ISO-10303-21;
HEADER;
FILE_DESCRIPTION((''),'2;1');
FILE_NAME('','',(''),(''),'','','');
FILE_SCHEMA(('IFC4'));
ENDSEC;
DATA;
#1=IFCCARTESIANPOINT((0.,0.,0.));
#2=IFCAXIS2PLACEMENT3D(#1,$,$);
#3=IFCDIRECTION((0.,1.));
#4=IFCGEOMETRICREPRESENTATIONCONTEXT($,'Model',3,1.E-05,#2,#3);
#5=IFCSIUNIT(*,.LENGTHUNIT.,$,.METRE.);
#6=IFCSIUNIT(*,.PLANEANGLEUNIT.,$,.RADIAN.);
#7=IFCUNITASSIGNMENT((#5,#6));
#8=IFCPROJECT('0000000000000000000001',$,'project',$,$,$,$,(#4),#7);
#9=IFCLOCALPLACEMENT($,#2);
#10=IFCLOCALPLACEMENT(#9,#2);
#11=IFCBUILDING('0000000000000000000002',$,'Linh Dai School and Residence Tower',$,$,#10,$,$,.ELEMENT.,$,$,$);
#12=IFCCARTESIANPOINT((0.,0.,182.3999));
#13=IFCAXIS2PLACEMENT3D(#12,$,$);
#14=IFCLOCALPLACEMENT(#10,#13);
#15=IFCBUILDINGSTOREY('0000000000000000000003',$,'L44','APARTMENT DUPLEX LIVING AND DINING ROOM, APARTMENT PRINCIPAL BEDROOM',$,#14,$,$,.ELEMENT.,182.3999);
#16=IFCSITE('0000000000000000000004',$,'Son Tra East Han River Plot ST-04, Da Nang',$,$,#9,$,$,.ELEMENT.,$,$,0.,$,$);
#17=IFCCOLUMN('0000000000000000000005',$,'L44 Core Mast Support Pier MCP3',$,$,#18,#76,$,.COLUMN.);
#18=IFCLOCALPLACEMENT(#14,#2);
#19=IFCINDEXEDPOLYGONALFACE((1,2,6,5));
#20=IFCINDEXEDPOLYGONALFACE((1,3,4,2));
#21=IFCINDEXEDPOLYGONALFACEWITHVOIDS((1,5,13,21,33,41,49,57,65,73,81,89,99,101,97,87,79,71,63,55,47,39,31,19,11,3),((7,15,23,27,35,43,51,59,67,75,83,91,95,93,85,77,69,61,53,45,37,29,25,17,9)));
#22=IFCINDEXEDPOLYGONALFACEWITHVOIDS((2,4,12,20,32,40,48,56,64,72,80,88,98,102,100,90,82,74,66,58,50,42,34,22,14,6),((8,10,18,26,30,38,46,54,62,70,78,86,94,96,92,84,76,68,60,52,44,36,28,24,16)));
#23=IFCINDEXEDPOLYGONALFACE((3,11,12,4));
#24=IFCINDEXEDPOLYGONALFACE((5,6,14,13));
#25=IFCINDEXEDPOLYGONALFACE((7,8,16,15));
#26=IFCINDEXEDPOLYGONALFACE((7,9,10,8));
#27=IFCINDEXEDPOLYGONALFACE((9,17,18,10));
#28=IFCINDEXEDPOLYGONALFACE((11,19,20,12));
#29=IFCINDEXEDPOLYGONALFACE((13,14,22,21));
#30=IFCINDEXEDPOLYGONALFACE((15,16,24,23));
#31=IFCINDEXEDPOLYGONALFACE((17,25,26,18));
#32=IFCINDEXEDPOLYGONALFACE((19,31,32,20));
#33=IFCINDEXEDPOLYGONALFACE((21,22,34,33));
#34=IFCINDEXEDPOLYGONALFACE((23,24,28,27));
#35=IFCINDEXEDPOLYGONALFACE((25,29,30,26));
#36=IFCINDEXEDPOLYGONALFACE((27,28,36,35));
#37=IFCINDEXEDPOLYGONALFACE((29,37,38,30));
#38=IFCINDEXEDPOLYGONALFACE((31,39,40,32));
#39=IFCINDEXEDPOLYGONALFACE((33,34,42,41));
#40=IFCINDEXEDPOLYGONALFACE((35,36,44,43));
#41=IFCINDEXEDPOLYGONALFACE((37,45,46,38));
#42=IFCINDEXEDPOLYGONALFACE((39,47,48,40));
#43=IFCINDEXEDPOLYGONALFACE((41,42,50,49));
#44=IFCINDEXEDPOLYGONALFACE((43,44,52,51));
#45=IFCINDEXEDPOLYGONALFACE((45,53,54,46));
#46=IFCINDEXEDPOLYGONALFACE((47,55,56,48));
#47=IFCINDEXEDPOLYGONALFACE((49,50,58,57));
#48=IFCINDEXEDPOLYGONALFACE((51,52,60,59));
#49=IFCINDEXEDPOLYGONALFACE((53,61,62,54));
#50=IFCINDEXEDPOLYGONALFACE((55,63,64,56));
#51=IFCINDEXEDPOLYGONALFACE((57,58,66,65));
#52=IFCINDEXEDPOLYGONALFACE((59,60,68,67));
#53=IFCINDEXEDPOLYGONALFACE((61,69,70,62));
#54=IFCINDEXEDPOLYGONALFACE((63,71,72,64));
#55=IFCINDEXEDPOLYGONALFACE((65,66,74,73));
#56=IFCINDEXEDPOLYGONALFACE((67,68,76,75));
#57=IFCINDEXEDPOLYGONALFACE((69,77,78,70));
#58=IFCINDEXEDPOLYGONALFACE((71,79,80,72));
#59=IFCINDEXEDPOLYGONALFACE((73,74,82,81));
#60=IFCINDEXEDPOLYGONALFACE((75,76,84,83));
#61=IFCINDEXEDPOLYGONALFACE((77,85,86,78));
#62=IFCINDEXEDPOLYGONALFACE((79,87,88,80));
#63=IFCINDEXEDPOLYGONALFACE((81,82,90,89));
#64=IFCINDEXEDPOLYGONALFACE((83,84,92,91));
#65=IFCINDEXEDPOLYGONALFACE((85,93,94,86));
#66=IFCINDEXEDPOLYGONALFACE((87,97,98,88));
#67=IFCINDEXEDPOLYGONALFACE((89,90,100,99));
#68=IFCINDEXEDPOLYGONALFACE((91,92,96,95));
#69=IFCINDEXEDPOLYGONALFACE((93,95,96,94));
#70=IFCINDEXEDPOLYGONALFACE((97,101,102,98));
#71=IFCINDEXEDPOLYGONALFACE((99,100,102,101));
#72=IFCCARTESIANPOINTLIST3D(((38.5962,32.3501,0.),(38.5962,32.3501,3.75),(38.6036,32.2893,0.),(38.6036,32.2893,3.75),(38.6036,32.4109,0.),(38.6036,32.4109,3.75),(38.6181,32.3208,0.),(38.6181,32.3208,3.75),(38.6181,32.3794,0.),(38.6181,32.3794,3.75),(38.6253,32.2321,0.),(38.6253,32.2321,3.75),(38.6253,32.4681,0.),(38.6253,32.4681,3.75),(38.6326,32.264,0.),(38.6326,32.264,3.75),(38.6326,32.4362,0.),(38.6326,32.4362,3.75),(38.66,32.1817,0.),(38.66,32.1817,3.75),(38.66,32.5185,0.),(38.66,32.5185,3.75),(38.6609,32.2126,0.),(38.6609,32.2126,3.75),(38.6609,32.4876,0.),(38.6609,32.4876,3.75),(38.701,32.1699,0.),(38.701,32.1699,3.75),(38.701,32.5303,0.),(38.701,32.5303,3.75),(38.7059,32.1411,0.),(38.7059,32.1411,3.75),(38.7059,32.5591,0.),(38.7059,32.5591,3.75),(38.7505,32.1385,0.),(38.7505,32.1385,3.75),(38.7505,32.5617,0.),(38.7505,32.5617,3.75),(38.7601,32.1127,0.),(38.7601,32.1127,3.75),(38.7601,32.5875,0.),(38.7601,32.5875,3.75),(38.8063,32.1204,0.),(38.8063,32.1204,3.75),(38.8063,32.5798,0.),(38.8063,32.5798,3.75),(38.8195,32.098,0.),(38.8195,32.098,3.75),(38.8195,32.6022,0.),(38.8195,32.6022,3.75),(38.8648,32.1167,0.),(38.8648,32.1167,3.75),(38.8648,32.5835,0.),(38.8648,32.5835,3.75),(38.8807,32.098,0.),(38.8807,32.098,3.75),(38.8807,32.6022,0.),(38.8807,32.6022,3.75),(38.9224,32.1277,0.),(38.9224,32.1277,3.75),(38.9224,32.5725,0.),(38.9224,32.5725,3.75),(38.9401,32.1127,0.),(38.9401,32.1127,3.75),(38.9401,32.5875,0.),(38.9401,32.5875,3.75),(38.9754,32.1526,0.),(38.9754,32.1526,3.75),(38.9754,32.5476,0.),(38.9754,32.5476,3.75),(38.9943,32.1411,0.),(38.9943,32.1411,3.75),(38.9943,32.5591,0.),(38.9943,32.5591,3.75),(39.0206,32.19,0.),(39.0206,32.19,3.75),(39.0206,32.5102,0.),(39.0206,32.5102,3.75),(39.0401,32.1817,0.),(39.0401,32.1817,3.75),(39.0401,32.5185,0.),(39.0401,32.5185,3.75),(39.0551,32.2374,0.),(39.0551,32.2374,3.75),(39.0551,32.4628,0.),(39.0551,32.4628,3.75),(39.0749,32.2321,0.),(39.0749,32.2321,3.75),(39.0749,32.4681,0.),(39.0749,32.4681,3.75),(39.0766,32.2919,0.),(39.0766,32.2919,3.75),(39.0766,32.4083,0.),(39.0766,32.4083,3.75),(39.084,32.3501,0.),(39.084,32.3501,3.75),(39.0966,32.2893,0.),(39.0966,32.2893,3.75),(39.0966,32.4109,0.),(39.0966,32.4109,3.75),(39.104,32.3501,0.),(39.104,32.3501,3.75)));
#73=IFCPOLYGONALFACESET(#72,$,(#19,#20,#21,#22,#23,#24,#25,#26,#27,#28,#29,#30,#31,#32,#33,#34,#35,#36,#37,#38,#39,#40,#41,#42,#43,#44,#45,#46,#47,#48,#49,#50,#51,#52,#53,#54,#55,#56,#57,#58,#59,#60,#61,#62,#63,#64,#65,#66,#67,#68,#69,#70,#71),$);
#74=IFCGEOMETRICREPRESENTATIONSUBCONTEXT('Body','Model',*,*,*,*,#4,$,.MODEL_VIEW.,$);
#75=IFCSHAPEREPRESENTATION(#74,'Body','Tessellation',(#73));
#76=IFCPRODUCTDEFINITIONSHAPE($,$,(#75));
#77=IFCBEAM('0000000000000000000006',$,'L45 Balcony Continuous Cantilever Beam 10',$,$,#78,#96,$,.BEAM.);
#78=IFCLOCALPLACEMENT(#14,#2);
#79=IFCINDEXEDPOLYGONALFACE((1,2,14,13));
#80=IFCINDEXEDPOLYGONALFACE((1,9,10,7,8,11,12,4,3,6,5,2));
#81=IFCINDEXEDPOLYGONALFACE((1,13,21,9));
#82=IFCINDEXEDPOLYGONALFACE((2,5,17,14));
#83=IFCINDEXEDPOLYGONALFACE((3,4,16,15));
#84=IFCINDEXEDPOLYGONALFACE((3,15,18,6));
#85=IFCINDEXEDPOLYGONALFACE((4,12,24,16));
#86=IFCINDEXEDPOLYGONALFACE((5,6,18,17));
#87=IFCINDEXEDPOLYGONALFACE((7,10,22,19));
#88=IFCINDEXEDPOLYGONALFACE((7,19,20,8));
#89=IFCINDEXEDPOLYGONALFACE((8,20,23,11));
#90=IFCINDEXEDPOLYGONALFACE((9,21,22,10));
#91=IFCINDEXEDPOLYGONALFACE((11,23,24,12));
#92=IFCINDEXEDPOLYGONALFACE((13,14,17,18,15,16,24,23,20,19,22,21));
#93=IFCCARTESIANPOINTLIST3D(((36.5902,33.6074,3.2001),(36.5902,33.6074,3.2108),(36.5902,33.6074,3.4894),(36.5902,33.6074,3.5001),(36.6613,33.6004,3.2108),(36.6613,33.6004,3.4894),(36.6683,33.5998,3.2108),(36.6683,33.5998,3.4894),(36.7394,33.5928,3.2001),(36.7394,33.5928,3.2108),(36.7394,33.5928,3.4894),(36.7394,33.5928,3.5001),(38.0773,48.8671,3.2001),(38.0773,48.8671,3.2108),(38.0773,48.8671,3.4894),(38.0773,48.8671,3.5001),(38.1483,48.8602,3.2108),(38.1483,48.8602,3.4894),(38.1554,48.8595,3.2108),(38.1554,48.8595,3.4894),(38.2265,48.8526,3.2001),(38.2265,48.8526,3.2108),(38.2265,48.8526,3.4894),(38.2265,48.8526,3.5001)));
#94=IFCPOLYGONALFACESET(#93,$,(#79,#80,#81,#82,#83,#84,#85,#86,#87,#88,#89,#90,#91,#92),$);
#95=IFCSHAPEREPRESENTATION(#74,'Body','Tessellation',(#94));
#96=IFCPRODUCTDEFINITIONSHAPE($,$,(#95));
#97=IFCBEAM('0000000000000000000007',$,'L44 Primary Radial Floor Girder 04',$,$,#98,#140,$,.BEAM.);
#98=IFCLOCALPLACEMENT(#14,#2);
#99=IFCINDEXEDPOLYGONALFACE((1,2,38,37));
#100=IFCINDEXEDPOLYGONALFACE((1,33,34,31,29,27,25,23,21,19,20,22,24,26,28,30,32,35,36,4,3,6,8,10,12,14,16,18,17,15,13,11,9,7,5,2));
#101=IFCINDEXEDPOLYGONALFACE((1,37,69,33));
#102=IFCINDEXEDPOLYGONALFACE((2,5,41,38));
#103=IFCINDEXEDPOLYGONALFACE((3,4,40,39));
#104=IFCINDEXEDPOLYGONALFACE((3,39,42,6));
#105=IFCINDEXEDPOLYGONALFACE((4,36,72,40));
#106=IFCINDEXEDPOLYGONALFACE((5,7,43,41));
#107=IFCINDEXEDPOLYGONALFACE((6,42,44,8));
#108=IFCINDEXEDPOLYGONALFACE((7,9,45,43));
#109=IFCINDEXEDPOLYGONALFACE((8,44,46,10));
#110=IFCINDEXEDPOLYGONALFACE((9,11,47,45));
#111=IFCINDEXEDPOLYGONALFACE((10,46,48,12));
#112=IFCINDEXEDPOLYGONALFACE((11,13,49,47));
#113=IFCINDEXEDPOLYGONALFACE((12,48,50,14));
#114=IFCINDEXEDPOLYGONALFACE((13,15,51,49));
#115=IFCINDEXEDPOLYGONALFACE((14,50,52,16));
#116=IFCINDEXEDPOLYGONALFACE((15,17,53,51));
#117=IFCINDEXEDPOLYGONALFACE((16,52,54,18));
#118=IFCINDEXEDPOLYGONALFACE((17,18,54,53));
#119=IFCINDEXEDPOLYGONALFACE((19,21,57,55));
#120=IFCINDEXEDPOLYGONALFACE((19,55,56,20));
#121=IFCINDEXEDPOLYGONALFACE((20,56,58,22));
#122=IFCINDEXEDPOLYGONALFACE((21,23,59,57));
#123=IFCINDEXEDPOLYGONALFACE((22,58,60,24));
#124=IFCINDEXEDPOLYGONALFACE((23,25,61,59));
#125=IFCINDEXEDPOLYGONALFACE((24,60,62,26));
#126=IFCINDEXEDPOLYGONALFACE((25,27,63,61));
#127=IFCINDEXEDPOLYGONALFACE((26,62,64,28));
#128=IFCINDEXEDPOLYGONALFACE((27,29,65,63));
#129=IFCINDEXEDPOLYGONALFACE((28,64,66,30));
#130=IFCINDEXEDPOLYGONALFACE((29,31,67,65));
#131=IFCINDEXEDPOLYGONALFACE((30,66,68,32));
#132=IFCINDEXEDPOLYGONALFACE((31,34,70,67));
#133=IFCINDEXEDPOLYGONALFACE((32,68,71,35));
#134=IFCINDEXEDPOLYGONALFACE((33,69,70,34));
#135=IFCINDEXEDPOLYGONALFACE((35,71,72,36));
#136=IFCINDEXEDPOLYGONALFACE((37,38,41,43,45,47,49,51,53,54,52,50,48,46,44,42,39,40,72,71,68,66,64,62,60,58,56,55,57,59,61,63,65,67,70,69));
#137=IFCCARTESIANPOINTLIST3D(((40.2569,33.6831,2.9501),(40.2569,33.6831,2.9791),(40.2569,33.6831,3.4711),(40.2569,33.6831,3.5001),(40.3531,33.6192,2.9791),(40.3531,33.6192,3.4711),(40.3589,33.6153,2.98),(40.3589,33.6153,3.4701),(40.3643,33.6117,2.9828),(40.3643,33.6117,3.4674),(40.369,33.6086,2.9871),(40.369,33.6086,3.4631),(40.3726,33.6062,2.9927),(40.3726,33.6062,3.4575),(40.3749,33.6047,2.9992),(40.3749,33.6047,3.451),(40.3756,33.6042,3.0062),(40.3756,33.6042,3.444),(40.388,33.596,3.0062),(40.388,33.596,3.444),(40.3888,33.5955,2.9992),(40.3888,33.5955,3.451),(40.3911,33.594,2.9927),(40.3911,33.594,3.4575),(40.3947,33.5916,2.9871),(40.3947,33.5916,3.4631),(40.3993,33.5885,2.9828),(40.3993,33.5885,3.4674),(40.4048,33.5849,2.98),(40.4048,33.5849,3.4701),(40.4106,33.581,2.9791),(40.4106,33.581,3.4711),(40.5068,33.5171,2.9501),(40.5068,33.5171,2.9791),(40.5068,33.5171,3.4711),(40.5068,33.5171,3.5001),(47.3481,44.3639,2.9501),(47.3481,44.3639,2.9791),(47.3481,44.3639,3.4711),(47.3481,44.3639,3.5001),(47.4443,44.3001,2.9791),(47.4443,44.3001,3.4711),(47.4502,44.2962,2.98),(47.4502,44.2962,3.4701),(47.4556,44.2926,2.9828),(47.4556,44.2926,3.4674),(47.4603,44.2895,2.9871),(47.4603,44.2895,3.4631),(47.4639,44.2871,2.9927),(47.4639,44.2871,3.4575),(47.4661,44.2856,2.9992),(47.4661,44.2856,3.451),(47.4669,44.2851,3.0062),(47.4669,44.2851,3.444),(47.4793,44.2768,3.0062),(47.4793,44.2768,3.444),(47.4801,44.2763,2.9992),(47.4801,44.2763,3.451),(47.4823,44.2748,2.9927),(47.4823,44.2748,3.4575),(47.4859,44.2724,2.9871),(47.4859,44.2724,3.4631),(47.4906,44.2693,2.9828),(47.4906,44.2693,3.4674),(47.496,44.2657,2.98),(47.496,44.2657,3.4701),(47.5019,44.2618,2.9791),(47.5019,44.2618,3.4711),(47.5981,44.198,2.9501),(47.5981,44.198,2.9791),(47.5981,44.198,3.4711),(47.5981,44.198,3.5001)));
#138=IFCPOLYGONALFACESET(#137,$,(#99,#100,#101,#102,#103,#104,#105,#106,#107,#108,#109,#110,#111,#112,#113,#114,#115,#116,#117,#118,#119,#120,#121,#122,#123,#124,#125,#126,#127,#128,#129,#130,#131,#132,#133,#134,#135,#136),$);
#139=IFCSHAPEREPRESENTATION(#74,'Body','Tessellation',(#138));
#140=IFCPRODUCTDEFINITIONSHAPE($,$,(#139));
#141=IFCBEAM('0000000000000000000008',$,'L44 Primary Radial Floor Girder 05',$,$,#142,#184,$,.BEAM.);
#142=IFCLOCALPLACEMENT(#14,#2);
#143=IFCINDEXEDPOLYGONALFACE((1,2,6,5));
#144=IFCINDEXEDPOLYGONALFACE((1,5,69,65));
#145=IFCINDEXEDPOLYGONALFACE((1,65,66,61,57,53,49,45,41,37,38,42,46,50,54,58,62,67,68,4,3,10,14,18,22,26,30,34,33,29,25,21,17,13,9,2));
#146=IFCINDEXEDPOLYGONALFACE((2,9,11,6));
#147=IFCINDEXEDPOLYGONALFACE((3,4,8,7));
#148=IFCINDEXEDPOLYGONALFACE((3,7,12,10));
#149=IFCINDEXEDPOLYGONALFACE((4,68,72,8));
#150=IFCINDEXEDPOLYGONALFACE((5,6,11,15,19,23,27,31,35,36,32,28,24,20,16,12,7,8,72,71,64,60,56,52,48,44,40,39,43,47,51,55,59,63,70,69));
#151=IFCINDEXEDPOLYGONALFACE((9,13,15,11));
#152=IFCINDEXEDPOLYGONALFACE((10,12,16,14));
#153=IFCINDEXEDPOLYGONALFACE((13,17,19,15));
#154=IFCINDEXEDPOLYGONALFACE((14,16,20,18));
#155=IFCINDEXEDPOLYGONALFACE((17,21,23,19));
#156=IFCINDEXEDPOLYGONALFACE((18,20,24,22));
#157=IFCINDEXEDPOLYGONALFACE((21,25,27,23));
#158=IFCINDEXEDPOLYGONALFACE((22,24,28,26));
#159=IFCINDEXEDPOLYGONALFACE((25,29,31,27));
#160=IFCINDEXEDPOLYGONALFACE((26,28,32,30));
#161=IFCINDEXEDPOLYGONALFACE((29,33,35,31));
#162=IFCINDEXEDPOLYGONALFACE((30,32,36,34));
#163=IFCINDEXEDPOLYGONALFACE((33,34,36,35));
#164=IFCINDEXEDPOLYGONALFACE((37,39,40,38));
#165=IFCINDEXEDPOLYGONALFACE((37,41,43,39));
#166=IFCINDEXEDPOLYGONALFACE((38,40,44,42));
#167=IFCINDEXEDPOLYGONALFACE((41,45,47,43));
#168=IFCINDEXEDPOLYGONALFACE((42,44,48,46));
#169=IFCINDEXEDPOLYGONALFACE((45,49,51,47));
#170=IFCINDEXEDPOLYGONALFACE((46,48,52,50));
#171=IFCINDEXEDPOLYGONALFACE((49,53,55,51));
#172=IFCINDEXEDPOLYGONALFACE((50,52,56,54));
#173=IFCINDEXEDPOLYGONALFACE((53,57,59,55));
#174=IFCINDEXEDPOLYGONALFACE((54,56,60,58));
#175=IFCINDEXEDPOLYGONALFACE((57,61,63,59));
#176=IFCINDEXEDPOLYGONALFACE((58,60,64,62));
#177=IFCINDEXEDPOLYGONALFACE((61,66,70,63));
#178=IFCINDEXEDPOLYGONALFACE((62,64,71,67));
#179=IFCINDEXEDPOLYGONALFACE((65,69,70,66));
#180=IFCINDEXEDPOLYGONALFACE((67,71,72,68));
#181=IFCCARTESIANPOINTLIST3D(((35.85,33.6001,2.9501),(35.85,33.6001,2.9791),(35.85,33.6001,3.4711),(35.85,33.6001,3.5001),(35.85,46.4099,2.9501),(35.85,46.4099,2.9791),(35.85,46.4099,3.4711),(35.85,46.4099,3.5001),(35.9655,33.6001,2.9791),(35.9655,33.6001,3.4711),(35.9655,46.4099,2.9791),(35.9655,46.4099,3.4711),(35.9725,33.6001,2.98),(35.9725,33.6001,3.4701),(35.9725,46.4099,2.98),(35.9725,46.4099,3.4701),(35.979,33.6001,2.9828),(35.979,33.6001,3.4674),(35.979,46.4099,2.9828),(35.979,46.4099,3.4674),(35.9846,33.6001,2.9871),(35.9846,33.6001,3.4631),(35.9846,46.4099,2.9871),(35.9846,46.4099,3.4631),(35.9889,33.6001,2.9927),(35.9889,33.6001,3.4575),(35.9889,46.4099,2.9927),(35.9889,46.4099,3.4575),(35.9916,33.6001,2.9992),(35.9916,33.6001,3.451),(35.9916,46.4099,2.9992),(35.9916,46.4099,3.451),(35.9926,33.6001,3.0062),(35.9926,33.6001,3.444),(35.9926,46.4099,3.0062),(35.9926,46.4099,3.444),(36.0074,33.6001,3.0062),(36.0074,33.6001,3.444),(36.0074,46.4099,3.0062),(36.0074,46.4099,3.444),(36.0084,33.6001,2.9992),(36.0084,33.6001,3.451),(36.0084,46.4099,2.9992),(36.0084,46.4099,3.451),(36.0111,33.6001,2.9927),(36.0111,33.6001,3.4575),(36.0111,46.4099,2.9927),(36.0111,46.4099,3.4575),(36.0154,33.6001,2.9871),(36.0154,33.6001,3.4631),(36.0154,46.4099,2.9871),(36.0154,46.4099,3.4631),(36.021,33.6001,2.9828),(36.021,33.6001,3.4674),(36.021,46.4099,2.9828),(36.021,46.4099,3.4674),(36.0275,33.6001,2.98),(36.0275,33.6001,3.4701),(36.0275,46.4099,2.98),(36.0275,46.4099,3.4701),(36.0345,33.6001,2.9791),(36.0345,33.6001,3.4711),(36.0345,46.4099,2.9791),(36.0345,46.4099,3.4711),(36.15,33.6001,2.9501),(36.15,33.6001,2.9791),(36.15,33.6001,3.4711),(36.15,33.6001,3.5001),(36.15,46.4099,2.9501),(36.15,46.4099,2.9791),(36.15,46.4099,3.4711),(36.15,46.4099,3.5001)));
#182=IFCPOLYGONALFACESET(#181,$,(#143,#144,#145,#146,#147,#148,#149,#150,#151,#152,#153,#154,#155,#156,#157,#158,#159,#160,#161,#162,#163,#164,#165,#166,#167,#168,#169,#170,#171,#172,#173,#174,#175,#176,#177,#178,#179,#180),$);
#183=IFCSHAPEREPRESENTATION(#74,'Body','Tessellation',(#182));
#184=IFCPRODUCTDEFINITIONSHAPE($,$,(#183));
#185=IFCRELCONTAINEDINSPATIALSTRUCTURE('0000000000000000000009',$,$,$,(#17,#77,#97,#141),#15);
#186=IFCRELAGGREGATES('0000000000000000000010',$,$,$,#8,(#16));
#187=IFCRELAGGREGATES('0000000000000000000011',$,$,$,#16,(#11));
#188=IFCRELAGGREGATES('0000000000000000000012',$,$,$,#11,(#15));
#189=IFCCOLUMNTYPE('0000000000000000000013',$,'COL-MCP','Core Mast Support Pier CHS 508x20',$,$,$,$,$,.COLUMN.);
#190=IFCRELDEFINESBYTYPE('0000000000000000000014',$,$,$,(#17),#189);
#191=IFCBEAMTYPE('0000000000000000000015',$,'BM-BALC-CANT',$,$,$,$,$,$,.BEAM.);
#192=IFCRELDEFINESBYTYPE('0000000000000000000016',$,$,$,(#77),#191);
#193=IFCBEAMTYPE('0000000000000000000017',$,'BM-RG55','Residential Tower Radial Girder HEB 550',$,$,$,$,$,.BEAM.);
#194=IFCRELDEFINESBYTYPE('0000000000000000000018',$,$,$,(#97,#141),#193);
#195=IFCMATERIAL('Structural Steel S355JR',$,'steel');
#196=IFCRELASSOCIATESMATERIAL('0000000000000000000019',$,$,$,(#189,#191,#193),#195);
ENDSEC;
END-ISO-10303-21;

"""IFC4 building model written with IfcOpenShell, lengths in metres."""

from ifc_helpers import new_model, si_unit, direction, frame, origin, origin_2d, place, context, subcontext, project, spatial, hollow_circle, i_section, extrude, material, material_profile, profile_set, type_object, element, save


model = new_model("IFC4")

# Units and contexts
model_context = context("Model", 3, precision=1e-05, world=origin(), true_north=direction((0.0, 1.0)))
body_context = subcontext(model_context, "Body", "Model", "MODEL_VIEW")
ifc_project = project(units=[si_unit("LENGTHUNIT", "METRE"), si_unit("PLANEANGLEUNIT", "RADIAN")], contexts=[model_context])

# Site, building, storey
site_placement = place(None, origin())
site = spatial("IfcSite", under=ifc_project, at=site_placement, Name="Son Tra East Han River Plot ST-04, Da Nang", CompositionType="ELEMENT", RefElevation=0.0)
building_placement = place(site_placement, origin())
building = spatial("IfcBuilding", under=site, at=building_placement, Name="Linh Dai School and Residence Tower", CompositionType="ELEMENT")
storey_placement = place(building_placement, frame((0.0, 0.0, 182.3999)))
storey = spatial("IfcBuildingStorey", under=building, at=storey_placement, Name="L44", Description="APARTMENT DUPLEX LIVING AND DINING ROOM, APARTMENT PRINCIPAL BEDROOM", CompositionType="ELEMENT", Elevation=182.3999)

# Column
ifc_material_1 = material(Name="Structural Steel S355JR", Category="steel")
ifc_material_profile_1 = material_profile(ifc_material_1, hollow_circle(Radius=0.2539, WallThickness=0.02, at=origin_2d()), Name="CHS 508x20")
ifc_profile_set_1 = profile_set([ifc_material_profile_1], Name="Structural Steel S355JR")
column_type_1 = type_object("IfcColumnType", Name="COL-MCP", Description="Core Mast Support Pier CHS 508x20", PredefinedType="COLUMN", material=ifc_profile_set_1)
column_placement = place(storey_placement, frame((38.8501, 32.3501, 0.0), z_axis=(0.0, 0.0, 1.0), x_axis=(1.0, 0.0, 0.0)))
element("IfcColumn", 1, at=column_placement, inside=storey, type_object=column_type_1, Name="L44 Core Mast Support Pier MCP3", PredefinedType="COLUMN", context=body_context, shape_type="SweptSolid", body=[
    extrude(hollow_circle(Radius=0.2539, WallThickness=0.02, at=origin_2d()), origin(), (0.0, 0.0, 1.0), 3.75),
])

# Beams
ifc_material_profile_2 = material_profile(ifc_material_1, i_section(OverallWidth=0.1499, OverallDepth=0.3, WebThickness=0.0071, FlangeThickness=0.0107, at=origin_2d()), Name="IPE 300")
ifc_profile_set_2 = profile_set([ifc_material_profile_2], Name="Structural Steel S355JR")
beam_type_1 = type_object("IfcBeamType", Name="BM-BALC-CANT", PredefinedType="BEAM", material=ifc_profile_set_2)
beam_1_placement = place(storey_placement, frame((36.6648, 33.6001, 3.3501), z_axis=(0.09699, 0.995285, 0.0), x_axis=(-0.995285, 0.09699, 0.0)))
element("IfcBeam", 2, at=beam_1_placement, inside=storey, type_object=beam_type_1, Name="L45 Balcony Continuous Cantilever Beam 10", PredefinedType="BEAM", context=body_context, shape_type="SweptSolid", body=[
    extrude(i_section(OverallWidth=0.1499, OverallDepth=0.3, WebThickness=0.0071, FlangeThickness=0.0107, at=origin_2d()), origin(), (0.0, 0.0, 1.0), 15.332),
])
ifc_material_profile_3 = material_profile(ifc_material_1, i_section(OverallWidth=0.3, OverallDepth=0.55, WebThickness=0.0149, FlangeThickness=0.0291, FilletRadius=0.0271, at=origin_2d()), Name="HEB 550")
ifc_profile_set_3 = profile_set([ifc_material_profile_3], Name="Structural Steel S355JR")
beam_type_2 = type_object("IfcBeamType", Name="BM-RG55", Description="Residential Tower Radial Girder HEB 550", PredefinedType="BEAM", material=ifc_profile_set_3)
beam_2_placement = place(storey_placement, frame((40.3818, 33.6001, 3.2251), z_axis=(0.553117, 0.833103, 0.0), x_axis=(-0.833103, 0.553117, 0.0)))
element("IfcBeam", 3, at=beam_2_placement, inside=storey, type_object=beam_type_2, Name="L44 Primary Radial Floor Girder 04", PredefinedType="BEAM", context=body_context, shape_type="SweptSolid", body=[
    extrude(i_section(OverallWidth=0.3, OverallDepth=0.55, WebThickness=0.0149, FlangeThickness=0.0291, FilletRadius=0.0271, at=origin_2d()), origin(), (0.0, 0.0, 1.0), 12.8206),
])
beam_3_placement = place(storey_placement, frame((36.0, 33.6001, 3.2251), z_axis=(0.0, 1.0, 0.0), x_axis=(-1.0, 0.0, 0.0)))
element("IfcBeam", 4, at=beam_3_placement, inside=storey, type_object=beam_type_2, Name="L44 Primary Radial Floor Girder 05", PredefinedType="BEAM", context=body_context, shape_type="SweptSolid", body=[
    extrude(i_section(OverallWidth=0.3, OverallDepth=0.55, WebThickness=0.0149, FlangeThickness=0.0291, FilletRadius=0.0271, at=origin_2d()), origin(), (0.0, 0.0, 1.0), 12.8098),
])

save(model, "model.ifc")
